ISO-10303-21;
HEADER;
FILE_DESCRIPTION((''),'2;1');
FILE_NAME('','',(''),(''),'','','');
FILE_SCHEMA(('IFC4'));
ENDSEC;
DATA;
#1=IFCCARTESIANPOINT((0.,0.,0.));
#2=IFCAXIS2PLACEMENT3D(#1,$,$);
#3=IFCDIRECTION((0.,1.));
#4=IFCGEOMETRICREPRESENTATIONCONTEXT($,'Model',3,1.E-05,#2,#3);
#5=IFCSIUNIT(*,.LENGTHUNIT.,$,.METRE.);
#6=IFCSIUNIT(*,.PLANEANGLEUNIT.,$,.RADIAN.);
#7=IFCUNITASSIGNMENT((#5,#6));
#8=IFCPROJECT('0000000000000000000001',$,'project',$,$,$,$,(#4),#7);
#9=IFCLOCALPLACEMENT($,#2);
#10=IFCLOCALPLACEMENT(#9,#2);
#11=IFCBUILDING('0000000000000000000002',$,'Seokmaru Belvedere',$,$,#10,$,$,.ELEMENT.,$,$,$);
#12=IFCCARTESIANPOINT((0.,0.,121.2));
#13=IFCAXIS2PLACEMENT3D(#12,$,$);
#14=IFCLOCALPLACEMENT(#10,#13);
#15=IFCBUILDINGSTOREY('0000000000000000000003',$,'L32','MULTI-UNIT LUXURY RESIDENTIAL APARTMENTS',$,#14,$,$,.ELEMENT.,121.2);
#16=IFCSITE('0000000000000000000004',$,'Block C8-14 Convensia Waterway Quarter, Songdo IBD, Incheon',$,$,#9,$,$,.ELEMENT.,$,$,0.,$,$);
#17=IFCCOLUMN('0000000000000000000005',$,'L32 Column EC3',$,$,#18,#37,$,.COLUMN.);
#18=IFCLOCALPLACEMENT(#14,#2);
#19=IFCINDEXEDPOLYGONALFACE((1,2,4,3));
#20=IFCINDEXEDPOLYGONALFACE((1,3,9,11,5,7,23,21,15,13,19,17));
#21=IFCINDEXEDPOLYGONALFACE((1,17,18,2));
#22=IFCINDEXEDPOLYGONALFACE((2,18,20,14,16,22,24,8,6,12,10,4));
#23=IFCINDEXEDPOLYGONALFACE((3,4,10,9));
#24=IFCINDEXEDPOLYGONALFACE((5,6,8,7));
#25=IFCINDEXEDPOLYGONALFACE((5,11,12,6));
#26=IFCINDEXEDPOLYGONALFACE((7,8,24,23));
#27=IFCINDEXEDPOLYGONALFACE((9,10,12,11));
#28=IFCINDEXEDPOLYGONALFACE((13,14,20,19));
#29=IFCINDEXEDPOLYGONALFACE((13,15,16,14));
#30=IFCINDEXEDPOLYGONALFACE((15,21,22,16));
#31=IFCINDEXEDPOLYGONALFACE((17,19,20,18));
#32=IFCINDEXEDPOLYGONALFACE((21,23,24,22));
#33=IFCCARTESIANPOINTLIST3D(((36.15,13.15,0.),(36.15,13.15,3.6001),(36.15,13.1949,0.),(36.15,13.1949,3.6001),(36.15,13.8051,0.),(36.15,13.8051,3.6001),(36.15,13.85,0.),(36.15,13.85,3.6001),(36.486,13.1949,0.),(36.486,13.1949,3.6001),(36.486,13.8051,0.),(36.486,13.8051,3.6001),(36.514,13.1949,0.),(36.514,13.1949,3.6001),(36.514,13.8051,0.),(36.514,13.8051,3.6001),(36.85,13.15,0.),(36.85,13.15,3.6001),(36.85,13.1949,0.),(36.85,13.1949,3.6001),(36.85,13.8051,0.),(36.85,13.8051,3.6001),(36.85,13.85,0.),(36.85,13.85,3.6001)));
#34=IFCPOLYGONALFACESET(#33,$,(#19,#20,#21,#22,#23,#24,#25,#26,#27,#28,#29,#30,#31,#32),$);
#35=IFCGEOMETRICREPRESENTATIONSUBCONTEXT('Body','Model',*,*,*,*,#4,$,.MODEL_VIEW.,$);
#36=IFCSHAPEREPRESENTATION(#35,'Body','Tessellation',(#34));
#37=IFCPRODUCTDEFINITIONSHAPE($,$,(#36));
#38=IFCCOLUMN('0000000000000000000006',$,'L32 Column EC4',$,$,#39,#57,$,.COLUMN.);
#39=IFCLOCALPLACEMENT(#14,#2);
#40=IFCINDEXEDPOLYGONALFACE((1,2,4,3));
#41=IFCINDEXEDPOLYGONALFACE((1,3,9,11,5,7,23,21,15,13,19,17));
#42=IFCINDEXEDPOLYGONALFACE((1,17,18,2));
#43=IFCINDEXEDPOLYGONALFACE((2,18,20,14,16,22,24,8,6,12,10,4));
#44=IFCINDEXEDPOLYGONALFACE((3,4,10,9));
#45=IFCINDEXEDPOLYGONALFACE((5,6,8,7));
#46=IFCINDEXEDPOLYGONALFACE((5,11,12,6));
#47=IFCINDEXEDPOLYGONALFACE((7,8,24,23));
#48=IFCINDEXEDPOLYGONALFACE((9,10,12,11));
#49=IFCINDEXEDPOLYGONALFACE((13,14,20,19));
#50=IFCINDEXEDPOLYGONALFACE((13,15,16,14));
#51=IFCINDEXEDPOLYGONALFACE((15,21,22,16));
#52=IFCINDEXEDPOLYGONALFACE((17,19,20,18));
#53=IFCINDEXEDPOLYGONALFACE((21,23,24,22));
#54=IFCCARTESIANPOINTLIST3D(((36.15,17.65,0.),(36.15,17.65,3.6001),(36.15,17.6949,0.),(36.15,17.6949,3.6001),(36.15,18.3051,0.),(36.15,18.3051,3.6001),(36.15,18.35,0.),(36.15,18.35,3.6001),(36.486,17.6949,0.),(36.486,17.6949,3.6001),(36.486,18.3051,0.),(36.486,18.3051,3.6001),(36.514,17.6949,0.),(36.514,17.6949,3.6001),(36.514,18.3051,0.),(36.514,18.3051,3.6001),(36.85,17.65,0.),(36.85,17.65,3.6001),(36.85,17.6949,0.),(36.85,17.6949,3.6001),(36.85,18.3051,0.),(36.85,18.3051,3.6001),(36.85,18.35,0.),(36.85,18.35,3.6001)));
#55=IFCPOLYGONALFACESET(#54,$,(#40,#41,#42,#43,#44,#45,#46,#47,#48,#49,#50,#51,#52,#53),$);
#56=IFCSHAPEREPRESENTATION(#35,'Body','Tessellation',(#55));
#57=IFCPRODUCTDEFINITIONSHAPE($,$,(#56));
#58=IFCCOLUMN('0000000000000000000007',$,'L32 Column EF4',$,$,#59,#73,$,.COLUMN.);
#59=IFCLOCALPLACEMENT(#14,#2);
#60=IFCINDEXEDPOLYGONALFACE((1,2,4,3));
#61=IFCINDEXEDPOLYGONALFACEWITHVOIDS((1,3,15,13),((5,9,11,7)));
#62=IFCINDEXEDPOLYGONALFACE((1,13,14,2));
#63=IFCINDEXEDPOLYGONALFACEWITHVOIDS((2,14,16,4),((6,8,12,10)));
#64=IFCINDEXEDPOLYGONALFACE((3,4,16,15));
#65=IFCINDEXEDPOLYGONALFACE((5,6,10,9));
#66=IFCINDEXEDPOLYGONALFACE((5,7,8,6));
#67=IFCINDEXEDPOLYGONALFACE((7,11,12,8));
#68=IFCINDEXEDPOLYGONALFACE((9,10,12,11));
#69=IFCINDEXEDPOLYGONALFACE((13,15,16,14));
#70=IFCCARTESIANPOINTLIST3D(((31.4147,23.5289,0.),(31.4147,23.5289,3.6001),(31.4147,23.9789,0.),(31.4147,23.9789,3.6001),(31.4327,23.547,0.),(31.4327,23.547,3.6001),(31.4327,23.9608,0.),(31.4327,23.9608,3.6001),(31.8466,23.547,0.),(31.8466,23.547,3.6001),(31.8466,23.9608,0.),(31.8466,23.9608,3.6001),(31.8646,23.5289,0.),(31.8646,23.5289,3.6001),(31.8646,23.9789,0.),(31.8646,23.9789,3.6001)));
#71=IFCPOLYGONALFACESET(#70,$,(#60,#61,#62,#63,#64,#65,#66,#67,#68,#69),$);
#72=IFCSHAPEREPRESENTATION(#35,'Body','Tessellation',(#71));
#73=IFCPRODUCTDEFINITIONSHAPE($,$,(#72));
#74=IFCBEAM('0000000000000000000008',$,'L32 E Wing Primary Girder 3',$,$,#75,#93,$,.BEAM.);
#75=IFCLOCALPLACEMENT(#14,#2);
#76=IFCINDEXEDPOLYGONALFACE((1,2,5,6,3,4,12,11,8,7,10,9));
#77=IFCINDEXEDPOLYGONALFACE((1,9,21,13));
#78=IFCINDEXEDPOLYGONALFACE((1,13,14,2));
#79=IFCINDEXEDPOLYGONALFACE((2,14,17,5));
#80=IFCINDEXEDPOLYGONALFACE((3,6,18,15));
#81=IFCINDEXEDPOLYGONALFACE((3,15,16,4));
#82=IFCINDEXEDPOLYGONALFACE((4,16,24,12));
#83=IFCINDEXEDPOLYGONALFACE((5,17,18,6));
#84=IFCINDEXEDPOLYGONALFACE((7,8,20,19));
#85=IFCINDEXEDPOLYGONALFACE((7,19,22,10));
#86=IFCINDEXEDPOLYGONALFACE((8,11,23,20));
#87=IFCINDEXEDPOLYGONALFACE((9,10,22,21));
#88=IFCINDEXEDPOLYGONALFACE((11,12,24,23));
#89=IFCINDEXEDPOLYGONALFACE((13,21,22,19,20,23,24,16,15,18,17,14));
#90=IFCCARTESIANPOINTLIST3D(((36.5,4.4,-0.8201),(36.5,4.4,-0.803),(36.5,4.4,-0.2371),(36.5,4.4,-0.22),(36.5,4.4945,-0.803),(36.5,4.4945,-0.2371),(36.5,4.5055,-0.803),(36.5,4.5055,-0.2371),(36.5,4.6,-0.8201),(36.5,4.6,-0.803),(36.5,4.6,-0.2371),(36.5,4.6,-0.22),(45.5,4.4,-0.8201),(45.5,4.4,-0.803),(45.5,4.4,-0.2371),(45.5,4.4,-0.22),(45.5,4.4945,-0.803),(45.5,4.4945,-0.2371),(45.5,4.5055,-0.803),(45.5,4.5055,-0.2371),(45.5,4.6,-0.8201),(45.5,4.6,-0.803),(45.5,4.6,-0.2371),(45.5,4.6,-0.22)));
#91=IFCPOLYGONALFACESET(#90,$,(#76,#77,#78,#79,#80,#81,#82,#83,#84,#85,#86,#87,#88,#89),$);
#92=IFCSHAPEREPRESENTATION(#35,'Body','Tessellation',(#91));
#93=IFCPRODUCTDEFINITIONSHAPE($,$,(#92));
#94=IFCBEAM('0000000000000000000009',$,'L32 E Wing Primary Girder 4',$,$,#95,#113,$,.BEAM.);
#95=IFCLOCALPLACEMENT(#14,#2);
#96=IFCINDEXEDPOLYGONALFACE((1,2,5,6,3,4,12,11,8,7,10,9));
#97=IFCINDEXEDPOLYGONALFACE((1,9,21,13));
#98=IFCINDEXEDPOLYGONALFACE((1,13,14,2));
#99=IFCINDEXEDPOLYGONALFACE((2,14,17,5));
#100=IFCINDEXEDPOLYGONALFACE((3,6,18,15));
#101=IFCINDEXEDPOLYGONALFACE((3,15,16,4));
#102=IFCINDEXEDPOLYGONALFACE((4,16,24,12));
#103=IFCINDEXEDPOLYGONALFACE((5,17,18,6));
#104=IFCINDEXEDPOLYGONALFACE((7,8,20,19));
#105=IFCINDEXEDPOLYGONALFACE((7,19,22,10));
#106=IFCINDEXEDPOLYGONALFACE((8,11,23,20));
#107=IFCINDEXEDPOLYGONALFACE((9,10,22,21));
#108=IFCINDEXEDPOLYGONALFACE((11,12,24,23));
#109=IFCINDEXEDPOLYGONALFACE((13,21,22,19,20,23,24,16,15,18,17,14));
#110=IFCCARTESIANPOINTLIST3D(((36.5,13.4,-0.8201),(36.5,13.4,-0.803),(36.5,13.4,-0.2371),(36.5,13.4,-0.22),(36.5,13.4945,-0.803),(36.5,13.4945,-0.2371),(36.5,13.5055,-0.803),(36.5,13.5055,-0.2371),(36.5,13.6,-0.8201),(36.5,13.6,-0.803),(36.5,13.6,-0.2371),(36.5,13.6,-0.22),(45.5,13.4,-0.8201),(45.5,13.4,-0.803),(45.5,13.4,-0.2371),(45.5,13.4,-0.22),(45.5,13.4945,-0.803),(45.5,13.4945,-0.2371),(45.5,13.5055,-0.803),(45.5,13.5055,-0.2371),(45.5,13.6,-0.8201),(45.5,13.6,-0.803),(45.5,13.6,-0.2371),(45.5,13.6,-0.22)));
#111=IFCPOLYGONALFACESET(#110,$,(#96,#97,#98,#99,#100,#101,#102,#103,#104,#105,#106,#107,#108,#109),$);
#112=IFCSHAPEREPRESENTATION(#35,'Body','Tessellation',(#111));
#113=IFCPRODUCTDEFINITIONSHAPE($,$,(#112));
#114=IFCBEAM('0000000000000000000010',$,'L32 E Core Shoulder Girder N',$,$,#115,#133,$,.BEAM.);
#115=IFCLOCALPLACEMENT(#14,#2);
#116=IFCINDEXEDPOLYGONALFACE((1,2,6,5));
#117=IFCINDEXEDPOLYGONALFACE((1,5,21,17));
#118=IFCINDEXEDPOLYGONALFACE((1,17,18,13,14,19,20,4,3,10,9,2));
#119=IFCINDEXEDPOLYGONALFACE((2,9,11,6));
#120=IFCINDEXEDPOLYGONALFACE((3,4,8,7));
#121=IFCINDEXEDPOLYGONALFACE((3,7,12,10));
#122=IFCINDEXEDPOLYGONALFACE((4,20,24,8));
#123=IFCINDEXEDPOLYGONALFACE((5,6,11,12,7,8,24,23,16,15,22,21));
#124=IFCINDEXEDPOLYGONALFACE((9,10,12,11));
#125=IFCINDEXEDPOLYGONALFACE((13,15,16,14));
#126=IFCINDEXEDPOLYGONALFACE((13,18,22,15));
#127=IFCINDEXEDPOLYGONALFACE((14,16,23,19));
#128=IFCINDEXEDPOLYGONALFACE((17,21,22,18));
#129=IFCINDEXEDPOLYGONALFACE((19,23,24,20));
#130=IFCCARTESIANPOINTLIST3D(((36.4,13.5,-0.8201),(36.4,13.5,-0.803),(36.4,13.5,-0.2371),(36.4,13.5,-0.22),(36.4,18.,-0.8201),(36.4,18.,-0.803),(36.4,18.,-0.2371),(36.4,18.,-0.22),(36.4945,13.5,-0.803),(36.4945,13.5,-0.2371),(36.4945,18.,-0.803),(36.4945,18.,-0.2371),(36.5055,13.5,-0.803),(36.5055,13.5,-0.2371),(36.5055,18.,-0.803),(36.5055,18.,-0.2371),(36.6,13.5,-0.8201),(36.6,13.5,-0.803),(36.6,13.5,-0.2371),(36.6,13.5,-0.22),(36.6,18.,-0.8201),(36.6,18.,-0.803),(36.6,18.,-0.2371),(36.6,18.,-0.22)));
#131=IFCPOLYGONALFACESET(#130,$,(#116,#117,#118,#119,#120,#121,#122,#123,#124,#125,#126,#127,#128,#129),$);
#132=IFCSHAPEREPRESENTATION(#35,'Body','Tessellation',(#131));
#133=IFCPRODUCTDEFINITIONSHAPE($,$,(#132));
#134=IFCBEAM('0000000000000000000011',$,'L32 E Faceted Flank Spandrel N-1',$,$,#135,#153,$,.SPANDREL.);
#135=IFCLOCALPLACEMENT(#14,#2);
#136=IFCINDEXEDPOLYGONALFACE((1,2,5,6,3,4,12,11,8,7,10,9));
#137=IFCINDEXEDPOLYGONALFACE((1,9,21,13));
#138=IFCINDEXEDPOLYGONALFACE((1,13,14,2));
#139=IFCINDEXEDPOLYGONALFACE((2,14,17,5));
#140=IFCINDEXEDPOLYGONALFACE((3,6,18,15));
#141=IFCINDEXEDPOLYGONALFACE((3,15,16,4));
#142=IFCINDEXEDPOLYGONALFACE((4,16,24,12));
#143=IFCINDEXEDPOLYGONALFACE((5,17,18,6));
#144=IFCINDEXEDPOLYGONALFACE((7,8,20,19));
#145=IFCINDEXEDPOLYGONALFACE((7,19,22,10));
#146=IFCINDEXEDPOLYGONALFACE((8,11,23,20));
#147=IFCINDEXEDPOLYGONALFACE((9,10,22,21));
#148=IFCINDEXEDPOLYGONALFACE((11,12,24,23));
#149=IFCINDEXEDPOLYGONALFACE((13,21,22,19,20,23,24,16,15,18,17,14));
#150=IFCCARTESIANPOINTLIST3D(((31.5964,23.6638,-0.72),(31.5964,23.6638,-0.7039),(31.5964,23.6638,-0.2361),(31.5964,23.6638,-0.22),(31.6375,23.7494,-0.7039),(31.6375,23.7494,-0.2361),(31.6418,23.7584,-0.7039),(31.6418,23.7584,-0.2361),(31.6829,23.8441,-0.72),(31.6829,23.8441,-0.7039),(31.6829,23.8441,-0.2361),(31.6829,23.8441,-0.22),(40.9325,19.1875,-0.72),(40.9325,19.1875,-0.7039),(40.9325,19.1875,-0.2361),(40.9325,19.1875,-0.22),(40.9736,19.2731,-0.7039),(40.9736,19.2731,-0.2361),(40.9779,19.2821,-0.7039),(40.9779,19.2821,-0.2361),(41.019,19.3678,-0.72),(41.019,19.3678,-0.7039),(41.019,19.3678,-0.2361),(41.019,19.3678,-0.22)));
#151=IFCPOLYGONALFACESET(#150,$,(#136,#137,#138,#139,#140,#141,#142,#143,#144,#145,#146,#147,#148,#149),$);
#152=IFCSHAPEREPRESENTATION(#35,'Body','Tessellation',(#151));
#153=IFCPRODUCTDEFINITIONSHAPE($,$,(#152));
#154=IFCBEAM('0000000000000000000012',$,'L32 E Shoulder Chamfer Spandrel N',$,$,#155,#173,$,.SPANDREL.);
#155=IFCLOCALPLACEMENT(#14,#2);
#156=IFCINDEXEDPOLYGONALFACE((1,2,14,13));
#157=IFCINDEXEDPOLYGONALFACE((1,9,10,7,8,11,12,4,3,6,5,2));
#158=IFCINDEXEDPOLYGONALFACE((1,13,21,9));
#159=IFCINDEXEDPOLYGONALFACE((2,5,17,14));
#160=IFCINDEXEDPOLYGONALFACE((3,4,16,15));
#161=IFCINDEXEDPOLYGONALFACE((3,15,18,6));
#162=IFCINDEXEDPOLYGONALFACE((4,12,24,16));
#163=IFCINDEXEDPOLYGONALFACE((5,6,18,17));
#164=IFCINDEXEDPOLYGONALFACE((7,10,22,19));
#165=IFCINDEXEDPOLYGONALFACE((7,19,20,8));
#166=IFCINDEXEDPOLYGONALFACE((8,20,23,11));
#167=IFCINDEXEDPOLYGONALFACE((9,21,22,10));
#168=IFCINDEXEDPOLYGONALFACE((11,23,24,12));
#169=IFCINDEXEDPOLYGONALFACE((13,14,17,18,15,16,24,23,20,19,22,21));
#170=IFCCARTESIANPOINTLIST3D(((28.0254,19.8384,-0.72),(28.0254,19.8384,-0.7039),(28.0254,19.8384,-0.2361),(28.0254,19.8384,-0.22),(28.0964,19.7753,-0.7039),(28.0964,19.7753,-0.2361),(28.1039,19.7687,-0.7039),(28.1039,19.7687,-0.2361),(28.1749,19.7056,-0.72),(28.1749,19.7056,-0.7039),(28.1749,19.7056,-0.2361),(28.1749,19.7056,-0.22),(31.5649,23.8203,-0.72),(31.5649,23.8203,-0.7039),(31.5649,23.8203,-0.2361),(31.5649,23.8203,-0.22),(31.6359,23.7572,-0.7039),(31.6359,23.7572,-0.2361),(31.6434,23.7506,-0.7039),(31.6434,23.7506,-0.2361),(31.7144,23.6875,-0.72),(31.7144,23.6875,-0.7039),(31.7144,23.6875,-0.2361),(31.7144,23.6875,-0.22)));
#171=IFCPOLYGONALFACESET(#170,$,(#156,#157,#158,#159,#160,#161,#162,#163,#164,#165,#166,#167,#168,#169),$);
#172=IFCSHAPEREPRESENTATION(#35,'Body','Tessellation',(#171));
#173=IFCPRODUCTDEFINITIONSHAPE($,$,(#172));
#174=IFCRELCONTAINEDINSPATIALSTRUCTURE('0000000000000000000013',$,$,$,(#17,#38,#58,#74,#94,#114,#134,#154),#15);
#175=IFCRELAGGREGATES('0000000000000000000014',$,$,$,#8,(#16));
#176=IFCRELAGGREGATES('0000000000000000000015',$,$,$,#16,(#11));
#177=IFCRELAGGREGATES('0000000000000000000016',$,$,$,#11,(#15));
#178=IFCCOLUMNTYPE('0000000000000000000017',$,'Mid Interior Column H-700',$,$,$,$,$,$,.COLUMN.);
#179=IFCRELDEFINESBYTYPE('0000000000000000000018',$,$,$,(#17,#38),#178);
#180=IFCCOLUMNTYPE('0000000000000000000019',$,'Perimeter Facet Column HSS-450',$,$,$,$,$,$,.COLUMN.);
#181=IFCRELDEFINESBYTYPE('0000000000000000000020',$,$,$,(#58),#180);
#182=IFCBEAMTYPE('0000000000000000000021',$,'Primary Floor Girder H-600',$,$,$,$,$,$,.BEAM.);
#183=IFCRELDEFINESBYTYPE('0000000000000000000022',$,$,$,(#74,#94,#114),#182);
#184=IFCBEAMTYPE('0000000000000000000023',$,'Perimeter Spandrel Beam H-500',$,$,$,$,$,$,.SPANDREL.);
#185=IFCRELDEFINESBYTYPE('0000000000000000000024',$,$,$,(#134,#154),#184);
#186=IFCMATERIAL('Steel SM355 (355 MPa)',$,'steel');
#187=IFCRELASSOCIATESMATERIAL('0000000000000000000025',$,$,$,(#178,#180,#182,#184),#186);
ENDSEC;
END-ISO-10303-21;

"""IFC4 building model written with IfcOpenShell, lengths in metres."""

from ifc_helpers import new_model, si_unit, direction, frame, origin, origin_2d, place, context, subcontext, project, spatial, hollow_rectangle, i_section, extrude, source, transform, mapped, material, material_profile, profile_set, type_object, type_shapes, element, save


model = new_model("IFC4")

# Units and contexts
model_context = context("Model", 3, precision=1e-05, world=origin(), true_north=direction((0.0, 1.0)))
body_context = subcontext(model_context, "Body", "Model", "MODEL_VIEW")
ifc_project = project(units=[si_unit("LENGTHUNIT", "METRE"), si_unit("PLANEANGLEUNIT", "RADIAN")], contexts=[model_context])

# Site, building, storey
site_placement = place(None, origin())
site = spatial("IfcSite", under=ifc_project, at=site_placement, Name="Block C8-14 Convensia Waterway Quarter, Songdo IBD, Incheon", CompositionType="ELEMENT", RefElevation=0.0)
building_placement = place(site_placement, origin())
building = spatial("IfcBuilding", under=site, at=building_placement, Name="Seokmaru Belvedere", CompositionType="ELEMENT")
storey_placement = place(building_placement, frame((0.0, 0.0, 121.2)))
storey = spatial("IfcBuildingStorey", under=building, at=storey_placement, Name="L32", Description="MULTI-UNIT LUXURY RESIDENTIAL APARTMENTS", CompositionType="ELEMENT", Elevation=121.2)

# Columns
ifc_material_1 = material(Name="Steel SM355 (355 MPa)", Category="steel")
ifc_material_profile_1 = material_profile(ifc_material_1, i_section(OverallWidth=0.7, OverallDepth=0.7, WebThickness=0.0281, FlangeThickness=0.0449, at=origin_2d()), Name="H-700x700x28x45")
ifc_profile_set_1 = profile_set([ifc_material_profile_1], Name="Steel SM355 (355 MPa)")
column_type_1 = type_object("IfcColumnType", Name="Mid Interior Column H-700", PredefinedType="COLUMN", material=ifc_profile_set_1)
shared_shape_1 = source(origin(), body_context, "Body", "SweptSolid", [
    extrude(i_section(OverallWidth=0.7, OverallDepth=0.7, WebThickness=0.0281, FlangeThickness=0.0449, at=origin_2d()), origin(), (0.0, 0.0, 1.0), 3.6001),
])
type_shapes(column_type_1, [shared_shape_1])
for number, where, z_axis, x_axis, name in (
    (1, (36.5, 13.5, 0.0), (0.0, 0.0, 1.0), (1.0, 0.0, 0.0), "L32 Column EC3"),
    (2, (36.5, 18.0, 0.0), (0.0, 0.0, 1.0), (1.0, 0.0, 0.0), "L32 Column EC4"),
):
    element("IfcColumn", number, at=place(storey_placement, frame(where, z_axis=z_axis, x_axis=x_axis)), inside=storey, type_object=column_type_1, Name=name, PredefinedType="COLUMN", context=body_context, shape_type="MappedRepresentation", body=[
        mapped(shared_shape_1, transform((0.0, 0.0, 0.0), scale=1.0)),
    ])
ifc_material_profile_2 = material_profile(ifc_material_1, hollow_rectangle(XDim=0.45, YDim=0.45, WallThickness=0.0181, at=origin_2d()), Name="HSS-450x450x18")
ifc_profile_set_2 = profile_set([ifc_material_profile_2], Name="Steel SM355 (355 MPa)")
column_type_2 = type_object("IfcColumnType", Name="Perimeter Facet Column HSS-450", PredefinedType="COLUMN", material=ifc_profile_set_2)
shared_shape_2 = source(origin(), body_context, "Body", "SweptSolid", [
    extrude(hollow_rectangle(XDim=0.45, YDim=0.45, WallThickness=0.0181, at=origin_2d()), origin(), (0.0, 0.0, 1.0), 3.6001),
])
type_shapes(column_type_2, [shared_shape_2])
column_placement = place(storey_placement, frame((31.6396, 23.7539, 0.0), z_axis=(0.0, 0.0, 1.0), x_axis=(1.0, 0.0, 0.0)))
element("IfcColumn", 3, at=column_placement, inside=storey, type_object=column_type_2, Name="L32 Column EF4", PredefinedType="COLUMN", context=body_context, shape_type="MappedRepresentation", body=[
    mapped(shared_shape_2, transform((0.0, 0.0, 0.0), scale=1.0)),
])

# Beams
ifc_material_profile_3 = material_profile(ifc_material_1, i_section(OverallWidth=0.2, OverallDepth=0.6001, WebThickness=0.011, FlangeThickness=0.0171, at=origin_2d()), Name="H-600x200x11x17")
ifc_profile_set_3 = profile_set([ifc_material_profile_3], Name="Steel SM355 (355 MPa)")
beam_type_1 = type_object("IfcBeamType", Name="Primary Floor Girder H-600", PredefinedType="BEAM", material=ifc_profile_set_3)
shared_shape_3 = source(origin(), body_context, "Body", "SweptSolid", [
    extrude(i_section(OverallWidth=0.2, OverallDepth=0.6001, WebThickness=0.011, FlangeThickness=0.0171, at=origin_2d()), origin(), (0.0, 0.0, 1.0), 9.0),
])
for number, where, z_axis, x_axis, name in (
    (4, (36.5, 4.5, -0.52), (1.0, 0.0, 0.0), (0.0, 1.0, 0.0), "L32 E Wing Primary Girder 3"),
    (5, (36.5, 13.5, -0.52), (1.0, 0.0, 0.0), (0.0, 1.0, 0.0), "L32 E Wing Primary Girder 4"),
):
    element("IfcBeam", number, at=place(storey_placement, frame(where, z_axis=z_axis, x_axis=x_axis)), inside=storey, type_object=beam_type_1, Name=name, PredefinedType="BEAM", context=body_context, shape_type="MappedRepresentation", body=[
        mapped(shared_shape_3, transform((0.0, 0.0, 0.0), scale=1.0)),
    ])
shared_shape_4 = source(origin(), body_context, "Body", "SweptSolid", [
    extrude(i_section(OverallWidth=0.2, OverallDepth=0.6001, WebThickness=0.011, FlangeThickness=0.0171, at=origin_2d()), origin(), (0.0, 0.0, 1.0), 4.5),
])
type_shapes(beam_type_1, [shared_shape_3, shared_shape_4])
beam_1_placement = place(storey_placement, frame((36.5, 13.5, -0.52), z_axis=(0.0, 1.0, 0.0), x_axis=(-1.0, 0.0, 0.0)))
element("IfcBeam", 6, at=beam_1_placement, inside=storey, type_object=beam_type_1, Name="L32 E Core Shoulder Girder N", PredefinedType="BEAM", context=body_context, shape_type="MappedRepresentation", body=[
    mapped(shared_shape_4, transform((0.0, 0.0, 0.0), scale=1.0)),
])
ifc_material_profile_4 = material_profile(ifc_material_1, i_section(OverallWidth=0.2, OverallDepth=0.5, WebThickness=0.01, FlangeThickness=0.0161, at=origin_2d()), Name="H-500x200x10x16")
ifc_profile_set_4 = profile_set([ifc_material_profile_4], Name="Steel SM355 (355 MPa)")
beam_type_2 = type_object("IfcBeamType", Name="Perimeter Spandrel Beam H-500", PredefinedType="SPANDREL", material=ifc_profile_set_4)
shared_shape_5 = source(origin(), body_context, "Body", "SweptSolid", [
    extrude(i_section(OverallWidth=0.2, OverallDepth=0.5, WebThickness=0.01, FlangeThickness=0.0161, at=origin_2d()), origin(), (0.0, 0.0, 1.0), 10.3538),
])
beam_2_placement = place(storey_placement, frame((31.6396, 23.7539, -0.47), z_axis=(0.901713, -0.432335, 0.0), x_axis=(0.432335, 0.901713, 0.0)))
element("IfcBeam", 7, at=beam_2_placement, inside=storey, type_object=beam_type_2, Name="L32 E Faceted Flank Spandrel N-1", PredefinedType="SPANDREL", context=body_context, shape_type="MappedRepresentation", body=[
    mapped(shared_shape_5, transform((0.0, 0.0, 0.0), scale=1.0)),
])
shared_shape_6 = source(origin(), body_context, "Body", "SweptSolid", [
    extrude(i_section(OverallWidth=0.2, OverallDepth=0.5, WebThickness=0.01, FlangeThickness=0.0161, at=origin_2d()), origin(), (0.0, 0.0, 1.0), 5.3276),
])
type_shapes(beam_type_2, [shared_shape_5, shared_shape_6])
beam_3_placement = place(storey_placement, frame((31.6396, 23.7539, -0.47), z_axis=(-0.66437, -0.747404, 0.0), x_axis=(0.747404, -0.66437, 0.0)))
element("IfcBeam", 8, at=beam_3_placement, inside=storey, type_object=beam_type_2, Name="L32 E Shoulder Chamfer Spandrel N", PredefinedType="SPANDREL", context=body_context, shape_type="MappedRepresentation", body=[
    mapped(shared_shape_6, transform((0.0, 0.0, 0.0), scale=1.0)),
])

save(model, "model.ifc")
